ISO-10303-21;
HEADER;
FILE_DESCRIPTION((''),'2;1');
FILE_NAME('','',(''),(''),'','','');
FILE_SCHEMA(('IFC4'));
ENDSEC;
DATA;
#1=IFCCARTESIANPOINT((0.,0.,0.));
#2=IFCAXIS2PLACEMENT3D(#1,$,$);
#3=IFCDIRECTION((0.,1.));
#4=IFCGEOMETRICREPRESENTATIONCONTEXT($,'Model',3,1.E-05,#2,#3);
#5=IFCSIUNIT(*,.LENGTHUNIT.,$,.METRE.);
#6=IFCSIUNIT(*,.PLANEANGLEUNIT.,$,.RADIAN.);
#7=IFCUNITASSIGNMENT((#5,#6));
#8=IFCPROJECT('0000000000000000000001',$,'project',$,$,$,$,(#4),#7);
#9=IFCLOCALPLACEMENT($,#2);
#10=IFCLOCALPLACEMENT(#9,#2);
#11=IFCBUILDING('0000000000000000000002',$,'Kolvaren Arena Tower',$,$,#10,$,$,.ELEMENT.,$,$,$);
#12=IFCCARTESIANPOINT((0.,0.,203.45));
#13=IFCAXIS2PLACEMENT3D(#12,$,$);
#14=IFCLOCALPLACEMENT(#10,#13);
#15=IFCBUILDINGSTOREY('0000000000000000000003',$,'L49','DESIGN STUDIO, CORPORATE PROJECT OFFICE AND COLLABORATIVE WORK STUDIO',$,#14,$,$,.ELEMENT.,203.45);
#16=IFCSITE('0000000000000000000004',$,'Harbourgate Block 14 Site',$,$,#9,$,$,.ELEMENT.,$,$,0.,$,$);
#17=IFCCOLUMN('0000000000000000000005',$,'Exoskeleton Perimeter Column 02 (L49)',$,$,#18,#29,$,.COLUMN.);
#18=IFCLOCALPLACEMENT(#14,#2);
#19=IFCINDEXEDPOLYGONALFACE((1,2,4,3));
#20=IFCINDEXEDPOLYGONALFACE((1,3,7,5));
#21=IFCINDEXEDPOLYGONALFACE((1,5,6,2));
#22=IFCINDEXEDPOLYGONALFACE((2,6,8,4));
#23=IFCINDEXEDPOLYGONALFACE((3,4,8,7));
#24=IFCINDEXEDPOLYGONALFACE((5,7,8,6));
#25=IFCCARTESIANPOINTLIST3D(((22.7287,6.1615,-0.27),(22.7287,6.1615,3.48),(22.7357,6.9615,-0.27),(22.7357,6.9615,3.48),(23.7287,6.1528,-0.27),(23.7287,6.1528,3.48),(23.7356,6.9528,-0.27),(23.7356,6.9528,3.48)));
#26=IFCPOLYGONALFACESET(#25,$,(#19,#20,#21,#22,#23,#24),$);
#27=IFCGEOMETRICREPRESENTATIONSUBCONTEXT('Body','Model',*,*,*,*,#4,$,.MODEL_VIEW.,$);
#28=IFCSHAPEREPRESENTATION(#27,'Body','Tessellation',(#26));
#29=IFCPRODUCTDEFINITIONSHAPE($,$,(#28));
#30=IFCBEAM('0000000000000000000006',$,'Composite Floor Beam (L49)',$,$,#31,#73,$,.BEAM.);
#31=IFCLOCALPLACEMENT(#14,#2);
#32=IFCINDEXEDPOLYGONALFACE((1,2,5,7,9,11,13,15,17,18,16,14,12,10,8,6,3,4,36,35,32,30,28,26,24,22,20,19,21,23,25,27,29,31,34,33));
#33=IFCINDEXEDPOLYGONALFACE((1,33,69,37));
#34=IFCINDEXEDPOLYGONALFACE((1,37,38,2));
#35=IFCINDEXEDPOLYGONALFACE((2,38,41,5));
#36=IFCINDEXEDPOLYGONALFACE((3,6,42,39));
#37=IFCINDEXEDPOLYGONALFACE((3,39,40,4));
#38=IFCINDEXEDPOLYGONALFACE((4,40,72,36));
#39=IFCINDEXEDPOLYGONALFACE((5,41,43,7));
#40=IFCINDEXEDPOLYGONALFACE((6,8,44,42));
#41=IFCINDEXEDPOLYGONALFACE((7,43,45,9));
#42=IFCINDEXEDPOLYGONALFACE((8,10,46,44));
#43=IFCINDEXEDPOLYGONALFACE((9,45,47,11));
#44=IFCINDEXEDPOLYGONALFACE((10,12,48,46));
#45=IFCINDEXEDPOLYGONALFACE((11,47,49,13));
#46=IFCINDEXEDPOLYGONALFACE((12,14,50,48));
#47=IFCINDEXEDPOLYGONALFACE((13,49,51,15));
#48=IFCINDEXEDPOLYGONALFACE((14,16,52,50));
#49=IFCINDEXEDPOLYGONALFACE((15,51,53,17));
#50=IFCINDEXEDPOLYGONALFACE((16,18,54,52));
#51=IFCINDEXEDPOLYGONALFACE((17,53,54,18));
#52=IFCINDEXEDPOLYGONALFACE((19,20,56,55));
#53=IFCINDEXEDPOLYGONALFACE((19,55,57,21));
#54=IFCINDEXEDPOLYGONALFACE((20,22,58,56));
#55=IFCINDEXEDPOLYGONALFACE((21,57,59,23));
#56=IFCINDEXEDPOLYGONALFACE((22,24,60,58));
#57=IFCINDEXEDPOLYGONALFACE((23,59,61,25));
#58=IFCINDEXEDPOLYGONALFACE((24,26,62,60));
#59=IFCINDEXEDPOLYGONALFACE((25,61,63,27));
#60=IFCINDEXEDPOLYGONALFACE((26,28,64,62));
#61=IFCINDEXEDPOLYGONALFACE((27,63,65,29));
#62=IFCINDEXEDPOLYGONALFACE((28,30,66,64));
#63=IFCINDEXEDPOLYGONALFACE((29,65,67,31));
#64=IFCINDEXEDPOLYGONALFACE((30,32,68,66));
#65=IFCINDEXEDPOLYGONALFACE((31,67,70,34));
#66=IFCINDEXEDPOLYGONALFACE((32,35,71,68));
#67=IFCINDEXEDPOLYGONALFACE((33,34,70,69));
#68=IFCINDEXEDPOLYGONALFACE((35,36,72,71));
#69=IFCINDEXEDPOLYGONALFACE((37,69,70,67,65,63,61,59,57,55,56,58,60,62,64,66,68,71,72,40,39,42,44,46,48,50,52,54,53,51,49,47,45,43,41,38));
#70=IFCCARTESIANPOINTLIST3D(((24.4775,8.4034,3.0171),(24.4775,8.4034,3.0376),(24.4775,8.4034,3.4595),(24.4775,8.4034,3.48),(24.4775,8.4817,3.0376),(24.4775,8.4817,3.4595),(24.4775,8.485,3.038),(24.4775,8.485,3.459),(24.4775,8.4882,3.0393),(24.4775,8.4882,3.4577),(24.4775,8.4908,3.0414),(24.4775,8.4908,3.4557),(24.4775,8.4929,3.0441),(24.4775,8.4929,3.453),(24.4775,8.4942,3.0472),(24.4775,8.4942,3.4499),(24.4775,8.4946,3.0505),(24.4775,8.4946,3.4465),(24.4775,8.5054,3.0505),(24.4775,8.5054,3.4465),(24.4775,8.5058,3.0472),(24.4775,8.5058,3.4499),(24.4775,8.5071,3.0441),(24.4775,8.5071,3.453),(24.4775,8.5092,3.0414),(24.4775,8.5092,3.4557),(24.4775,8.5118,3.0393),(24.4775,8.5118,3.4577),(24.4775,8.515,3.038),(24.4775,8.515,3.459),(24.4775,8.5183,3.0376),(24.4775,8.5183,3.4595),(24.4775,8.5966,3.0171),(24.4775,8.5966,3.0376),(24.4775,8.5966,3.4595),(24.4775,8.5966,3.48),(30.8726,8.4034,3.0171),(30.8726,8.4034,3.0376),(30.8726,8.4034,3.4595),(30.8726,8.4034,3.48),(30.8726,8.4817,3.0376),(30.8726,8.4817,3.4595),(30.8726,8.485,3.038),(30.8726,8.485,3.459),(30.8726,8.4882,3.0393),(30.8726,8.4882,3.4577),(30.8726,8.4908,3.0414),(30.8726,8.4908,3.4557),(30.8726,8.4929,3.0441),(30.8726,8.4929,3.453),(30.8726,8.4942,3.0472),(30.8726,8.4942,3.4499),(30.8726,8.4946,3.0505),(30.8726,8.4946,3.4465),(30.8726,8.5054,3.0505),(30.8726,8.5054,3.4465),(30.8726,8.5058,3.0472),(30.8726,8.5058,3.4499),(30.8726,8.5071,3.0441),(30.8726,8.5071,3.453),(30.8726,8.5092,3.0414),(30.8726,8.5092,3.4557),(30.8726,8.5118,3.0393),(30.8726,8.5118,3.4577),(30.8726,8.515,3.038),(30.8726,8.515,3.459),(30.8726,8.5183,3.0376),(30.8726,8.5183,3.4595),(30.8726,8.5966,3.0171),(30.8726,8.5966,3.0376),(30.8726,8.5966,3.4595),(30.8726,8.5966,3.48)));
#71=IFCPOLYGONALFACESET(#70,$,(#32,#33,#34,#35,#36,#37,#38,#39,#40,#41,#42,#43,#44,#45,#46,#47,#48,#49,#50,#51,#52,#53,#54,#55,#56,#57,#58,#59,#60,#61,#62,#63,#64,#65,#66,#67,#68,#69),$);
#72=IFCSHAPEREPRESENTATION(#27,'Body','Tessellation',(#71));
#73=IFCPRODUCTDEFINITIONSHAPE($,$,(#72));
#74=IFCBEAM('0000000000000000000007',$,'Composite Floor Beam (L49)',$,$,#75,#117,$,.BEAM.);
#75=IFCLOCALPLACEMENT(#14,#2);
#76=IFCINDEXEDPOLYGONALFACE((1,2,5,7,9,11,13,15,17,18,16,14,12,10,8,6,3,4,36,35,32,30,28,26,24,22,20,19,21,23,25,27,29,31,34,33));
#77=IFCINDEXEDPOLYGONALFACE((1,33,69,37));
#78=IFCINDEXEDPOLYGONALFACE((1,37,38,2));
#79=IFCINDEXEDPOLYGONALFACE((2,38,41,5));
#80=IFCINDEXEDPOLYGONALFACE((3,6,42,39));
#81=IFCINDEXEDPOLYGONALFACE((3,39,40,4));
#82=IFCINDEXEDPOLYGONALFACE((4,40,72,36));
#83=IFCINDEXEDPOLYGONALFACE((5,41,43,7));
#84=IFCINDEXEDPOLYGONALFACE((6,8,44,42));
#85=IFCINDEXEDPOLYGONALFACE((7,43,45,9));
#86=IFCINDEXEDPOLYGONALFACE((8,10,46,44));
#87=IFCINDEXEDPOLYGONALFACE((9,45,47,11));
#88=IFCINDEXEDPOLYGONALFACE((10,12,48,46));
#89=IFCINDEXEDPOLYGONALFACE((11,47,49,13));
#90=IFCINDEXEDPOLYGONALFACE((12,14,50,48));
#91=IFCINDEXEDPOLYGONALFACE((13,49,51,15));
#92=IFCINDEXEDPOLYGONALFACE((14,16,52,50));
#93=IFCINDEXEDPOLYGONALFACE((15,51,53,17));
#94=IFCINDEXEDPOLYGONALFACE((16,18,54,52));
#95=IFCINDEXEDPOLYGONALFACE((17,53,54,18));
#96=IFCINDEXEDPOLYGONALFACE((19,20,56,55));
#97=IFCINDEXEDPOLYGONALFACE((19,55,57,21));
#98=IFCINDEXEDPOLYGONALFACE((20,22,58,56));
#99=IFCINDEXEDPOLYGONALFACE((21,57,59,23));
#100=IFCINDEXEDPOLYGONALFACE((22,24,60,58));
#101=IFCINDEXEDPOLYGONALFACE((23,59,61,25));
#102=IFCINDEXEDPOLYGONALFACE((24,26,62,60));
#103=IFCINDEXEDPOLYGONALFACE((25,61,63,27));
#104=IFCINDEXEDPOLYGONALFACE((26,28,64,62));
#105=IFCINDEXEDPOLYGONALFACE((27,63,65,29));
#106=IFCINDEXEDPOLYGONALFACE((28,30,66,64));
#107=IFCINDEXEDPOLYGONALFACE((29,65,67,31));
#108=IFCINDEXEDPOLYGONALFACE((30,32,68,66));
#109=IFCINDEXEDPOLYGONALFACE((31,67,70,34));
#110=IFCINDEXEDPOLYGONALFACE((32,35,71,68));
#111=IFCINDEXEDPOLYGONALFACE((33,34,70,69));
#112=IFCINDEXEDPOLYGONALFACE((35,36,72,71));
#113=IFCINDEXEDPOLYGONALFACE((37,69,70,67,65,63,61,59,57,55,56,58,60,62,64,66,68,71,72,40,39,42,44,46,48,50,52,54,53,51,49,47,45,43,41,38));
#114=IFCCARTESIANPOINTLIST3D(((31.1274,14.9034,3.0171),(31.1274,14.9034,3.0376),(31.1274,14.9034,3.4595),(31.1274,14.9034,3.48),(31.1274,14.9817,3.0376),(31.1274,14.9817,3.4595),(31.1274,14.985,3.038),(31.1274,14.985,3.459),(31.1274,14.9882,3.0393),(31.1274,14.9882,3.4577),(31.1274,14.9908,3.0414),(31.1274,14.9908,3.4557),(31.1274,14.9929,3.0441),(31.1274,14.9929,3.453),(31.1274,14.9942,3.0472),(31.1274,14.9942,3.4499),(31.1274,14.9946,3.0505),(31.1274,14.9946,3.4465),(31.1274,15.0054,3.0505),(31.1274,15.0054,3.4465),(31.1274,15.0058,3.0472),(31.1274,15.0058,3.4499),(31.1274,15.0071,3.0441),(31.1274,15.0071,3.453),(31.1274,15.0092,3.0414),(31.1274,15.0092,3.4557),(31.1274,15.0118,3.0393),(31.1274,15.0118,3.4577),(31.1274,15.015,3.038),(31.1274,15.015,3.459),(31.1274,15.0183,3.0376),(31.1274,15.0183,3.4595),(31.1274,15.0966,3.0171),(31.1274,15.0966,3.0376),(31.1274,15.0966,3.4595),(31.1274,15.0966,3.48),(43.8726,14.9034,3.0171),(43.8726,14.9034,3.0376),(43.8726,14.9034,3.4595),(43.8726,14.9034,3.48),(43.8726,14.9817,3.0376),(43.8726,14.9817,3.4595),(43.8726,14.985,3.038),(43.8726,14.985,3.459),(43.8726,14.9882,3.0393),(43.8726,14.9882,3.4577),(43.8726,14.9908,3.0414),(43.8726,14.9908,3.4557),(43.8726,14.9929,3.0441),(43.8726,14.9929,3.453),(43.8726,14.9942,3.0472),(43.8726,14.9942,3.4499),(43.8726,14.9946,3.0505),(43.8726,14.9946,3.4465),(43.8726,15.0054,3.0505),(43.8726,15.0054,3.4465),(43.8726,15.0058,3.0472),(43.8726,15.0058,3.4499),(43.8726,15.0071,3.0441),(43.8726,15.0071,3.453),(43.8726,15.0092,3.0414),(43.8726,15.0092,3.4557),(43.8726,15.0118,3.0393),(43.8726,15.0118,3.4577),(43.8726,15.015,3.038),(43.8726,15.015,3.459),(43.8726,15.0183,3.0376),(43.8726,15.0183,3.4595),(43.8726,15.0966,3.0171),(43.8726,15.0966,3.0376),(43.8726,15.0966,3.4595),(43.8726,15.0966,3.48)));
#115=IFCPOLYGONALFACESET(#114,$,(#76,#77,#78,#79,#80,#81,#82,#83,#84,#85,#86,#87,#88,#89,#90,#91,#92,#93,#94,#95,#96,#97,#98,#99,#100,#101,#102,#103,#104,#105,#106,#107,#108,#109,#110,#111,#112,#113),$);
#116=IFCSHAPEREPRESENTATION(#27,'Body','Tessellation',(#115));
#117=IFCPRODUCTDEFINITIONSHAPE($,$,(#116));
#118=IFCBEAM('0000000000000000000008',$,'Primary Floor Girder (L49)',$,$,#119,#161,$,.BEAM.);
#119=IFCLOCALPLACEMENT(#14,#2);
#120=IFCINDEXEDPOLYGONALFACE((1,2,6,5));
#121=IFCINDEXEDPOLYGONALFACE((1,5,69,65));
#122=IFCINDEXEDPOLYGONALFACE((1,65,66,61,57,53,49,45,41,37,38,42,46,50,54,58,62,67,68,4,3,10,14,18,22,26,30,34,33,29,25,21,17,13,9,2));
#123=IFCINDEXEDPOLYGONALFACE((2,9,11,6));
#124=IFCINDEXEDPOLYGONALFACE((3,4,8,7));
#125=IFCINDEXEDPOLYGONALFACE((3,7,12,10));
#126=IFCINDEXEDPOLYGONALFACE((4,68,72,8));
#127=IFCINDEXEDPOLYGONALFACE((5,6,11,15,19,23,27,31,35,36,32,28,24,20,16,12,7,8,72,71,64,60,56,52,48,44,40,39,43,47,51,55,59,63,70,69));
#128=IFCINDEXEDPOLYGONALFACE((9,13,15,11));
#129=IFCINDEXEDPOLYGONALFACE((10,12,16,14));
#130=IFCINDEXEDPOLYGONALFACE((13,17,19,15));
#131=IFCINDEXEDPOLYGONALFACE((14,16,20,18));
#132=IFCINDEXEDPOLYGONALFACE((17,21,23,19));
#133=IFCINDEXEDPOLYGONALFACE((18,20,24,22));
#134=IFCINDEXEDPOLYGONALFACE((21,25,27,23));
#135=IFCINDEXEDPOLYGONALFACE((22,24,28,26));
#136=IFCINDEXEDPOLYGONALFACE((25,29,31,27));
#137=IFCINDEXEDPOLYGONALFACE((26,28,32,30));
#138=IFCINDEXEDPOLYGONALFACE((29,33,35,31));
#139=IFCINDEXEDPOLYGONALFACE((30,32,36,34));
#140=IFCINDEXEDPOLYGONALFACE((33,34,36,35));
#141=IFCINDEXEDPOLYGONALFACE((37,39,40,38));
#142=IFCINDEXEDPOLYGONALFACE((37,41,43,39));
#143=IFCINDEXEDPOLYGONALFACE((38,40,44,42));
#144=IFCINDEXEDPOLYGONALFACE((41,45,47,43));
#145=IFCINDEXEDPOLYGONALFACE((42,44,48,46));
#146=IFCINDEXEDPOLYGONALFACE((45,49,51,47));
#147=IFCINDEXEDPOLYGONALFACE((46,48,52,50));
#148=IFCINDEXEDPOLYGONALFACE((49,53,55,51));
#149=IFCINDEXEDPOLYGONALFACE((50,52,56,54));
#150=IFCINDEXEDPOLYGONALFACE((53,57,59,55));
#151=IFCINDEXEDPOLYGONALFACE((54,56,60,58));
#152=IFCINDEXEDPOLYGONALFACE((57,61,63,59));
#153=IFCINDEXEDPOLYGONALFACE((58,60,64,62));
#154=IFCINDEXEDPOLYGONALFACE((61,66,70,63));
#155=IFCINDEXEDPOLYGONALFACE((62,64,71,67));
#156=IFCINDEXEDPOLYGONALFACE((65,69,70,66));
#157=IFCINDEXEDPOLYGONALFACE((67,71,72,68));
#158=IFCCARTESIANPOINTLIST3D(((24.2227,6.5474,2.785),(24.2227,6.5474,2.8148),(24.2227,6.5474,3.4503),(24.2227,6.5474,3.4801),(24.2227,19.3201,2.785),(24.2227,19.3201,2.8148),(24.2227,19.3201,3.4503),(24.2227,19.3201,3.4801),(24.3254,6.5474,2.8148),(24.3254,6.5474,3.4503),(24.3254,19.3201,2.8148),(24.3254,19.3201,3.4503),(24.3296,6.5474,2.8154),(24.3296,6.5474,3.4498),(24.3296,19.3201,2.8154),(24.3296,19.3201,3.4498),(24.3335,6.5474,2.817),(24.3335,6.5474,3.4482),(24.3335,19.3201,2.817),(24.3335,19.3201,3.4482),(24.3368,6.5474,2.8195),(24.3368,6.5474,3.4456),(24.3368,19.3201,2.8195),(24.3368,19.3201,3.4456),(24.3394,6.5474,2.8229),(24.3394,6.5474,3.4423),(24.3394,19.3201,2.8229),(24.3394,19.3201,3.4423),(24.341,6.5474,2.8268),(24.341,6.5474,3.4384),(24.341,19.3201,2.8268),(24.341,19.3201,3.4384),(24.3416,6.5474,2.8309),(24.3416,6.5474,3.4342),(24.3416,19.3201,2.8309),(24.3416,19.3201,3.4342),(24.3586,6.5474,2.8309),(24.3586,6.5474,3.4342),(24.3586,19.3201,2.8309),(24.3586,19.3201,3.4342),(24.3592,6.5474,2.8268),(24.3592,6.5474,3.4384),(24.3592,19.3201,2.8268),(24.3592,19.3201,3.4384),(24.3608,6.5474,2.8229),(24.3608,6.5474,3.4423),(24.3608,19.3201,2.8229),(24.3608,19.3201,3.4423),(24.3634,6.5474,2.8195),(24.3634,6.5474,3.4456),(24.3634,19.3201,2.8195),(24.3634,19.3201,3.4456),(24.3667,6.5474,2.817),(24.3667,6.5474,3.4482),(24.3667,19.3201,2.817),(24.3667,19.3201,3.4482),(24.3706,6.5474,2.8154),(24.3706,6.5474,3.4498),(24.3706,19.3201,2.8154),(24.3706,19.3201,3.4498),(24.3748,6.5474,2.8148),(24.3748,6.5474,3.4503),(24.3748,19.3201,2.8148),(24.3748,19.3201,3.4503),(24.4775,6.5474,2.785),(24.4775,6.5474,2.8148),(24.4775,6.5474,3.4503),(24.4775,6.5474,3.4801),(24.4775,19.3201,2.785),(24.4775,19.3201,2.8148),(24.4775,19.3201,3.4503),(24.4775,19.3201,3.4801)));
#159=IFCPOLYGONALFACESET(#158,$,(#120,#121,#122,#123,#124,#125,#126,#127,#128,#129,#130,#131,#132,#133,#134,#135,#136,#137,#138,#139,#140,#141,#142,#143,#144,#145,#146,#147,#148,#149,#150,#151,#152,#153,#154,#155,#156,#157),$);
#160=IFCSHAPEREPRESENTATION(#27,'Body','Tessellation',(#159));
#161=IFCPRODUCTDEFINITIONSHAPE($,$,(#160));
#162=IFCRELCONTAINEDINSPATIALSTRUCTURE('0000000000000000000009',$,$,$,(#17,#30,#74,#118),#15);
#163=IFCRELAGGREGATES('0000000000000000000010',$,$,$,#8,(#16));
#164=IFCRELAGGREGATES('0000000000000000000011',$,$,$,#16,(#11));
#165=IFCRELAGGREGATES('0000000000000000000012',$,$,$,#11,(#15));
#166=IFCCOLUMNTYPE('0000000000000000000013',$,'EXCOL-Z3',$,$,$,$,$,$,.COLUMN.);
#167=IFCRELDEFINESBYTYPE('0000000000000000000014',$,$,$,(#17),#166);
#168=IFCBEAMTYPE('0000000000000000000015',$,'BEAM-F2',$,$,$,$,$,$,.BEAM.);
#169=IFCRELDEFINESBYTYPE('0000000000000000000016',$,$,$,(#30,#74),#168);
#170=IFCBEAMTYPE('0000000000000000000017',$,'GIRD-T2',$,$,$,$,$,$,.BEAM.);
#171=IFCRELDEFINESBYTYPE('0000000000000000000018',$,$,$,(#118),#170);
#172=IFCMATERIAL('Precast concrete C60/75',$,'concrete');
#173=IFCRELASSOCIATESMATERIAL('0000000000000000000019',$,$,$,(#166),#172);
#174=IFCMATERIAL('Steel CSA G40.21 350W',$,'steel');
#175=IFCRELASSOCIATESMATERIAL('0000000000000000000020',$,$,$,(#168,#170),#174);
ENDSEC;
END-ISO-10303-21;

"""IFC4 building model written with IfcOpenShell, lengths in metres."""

from ifc_helpers import new_model, si_unit, direction, frame, origin, origin_2d, place, context, subcontext, project, spatial, rectangle, i_section, extrude, material, material_profile, profile_set, type_object, element, save


model = new_model("IFC4")

# Units and contexts
model_context = context("Model", 3, precision=1e-05, world=origin(), true_north=direction((0.0, 1.0)))
body_context = subcontext(model_context, "Body", "Model", "MODEL_VIEW")
ifc_project = project(units=[si_unit("LENGTHUNIT", "METRE"), si_unit("PLANEANGLEUNIT", "RADIAN")], contexts=[model_context])

# Site, building, storey
site_placement = place(None, origin())
site = spatial("IfcSite", under=ifc_project, at=site_placement, Name="Harbourgate Block 14 Site", CompositionType="ELEMENT", RefElevation=0.0)
building_placement = place(site_placement, origin())
building = spatial("IfcBuilding", under=site, at=building_placement, Name="Kolvaren Arena Tower", CompositionType="ELEMENT")
storey_placement = place(building_placement, frame((0.0, 0.0, 203.45)))
storey = spatial("IfcBuildingStorey", under=building, at=storey_placement, Name="L49", Description="DESIGN STUDIO, CORPORATE PROJECT OFFICE AND COLLABORATIVE WORK STUDIO", CompositionType="ELEMENT", Elevation=203.45)

# Column
ifc_material_1 = material(Name="Precast concrete C60/75", Category="concrete")
ifc_material_profile_1 = material_profile(ifc_material_1, rectangle(XDim=1.0, YDim=0.8, at=origin_2d()), Name="RC-1000x800")
ifc_profile_set_1 = profile_set([ifc_material_profile_1], Name="Precast concrete C60/75")
column_type = type_object("IfcColumnType", Name="EXCOL-Z3", PredefinedType="COLUMN", material=ifc_profile_set_1)
column_placement = place(storey_placement, frame((23.2322, 6.5571, -0.27), z_axis=(0.0, 0.0, 1.0), x_axis=(0.999962, -0.008727, 0.0)))
element("IfcColumn", 1, at=column_placement, inside=storey, type_object=column_type, Name="Exoskeleton Perimeter Column 02 (L49)", PredefinedType="COLUMN", context=body_context, shape_type="SweptSolid", body=[
    extrude(rectangle(XDim=1.0, YDim=0.8, at=origin_2d()), origin(), (0.0, 0.0, 1.0), 3.75),
])

# Beams
ifc_material_2 = material(Name="Steel CSA G40.21 350W", Category="steel")
ifc_material_profile_2 = material_profile(ifc_material_2, i_section(OverallWidth=0.1931, OverallDepth=0.4629, WebThickness=0.0107, FlangeThickness=0.0205, FilletRadius=0.0129, at=origin_2d()), Name="W460x113")
ifc_profile_set_2 = profile_set([ifc_material_profile_2], Name="Steel CSA G40.21 350W")
beam_type_1 = type_object("IfcBeamType", Name="BEAM-F2", PredefinedType="BEAM", material=ifc_profile_set_2)
beam_1_placement = place(storey_placement, frame((24.4775, 8.5, 3.2485), z_axis=(1.0, 0.0, 0.0), x_axis=(0.0, 1.0, 0.0)))
element("IfcBeam", 2, at=beam_1_placement, inside=storey, type_object=beam_type_1, Name="Composite Floor Beam (L49)", PredefinedType="BEAM", context=body_context, shape_type="SweptSolid", body=[
    extrude(i_section(OverallWidth=0.1931, OverallDepth=0.4629, WebThickness=0.0107, FlangeThickness=0.0205, FilletRadius=0.0129, at=origin_2d()), origin(), (0.0, 0.0, 1.0), 6.395),
])
beam_2_placement = place(storey_placement, frame((31.1274, 15.0, 3.2485), z_axis=(1.0, 0.0, 0.0), x_axis=(0.0, 1.0, 0.0)))
element("IfcBeam", 3, at=beam_2_placement, inside=storey, type_object=beam_type_1, Name="Composite Floor Beam (L49)", PredefinedType="BEAM", context=body_context, shape_type="SweptSolid", body=[
    extrude(i_section(OverallWidth=0.1931, OverallDepth=0.4629, WebThickness=0.0107, FlangeThickness=0.0205, FilletRadius=0.0129, at=origin_2d()), origin(), (0.0, 0.0, 1.0), 12.7451),
])
ifc_material_profile_3 = material_profile(ifc_material_2, i_section(OverallWidth=0.2549, OverallDepth=0.6951, WebThickness=0.0171, FlangeThickness=0.0298, FilletRadius=0.0161, at=origin_2d()), Name="W690x217")
ifc_profile_set_3 = profile_set([ifc_material_profile_3], Name="Steel CSA G40.21 350W")
beam_type_2 = type_object("IfcBeamType", Name="GIRD-T2", PredefinedType="BEAM", material=ifc_profile_set_3)
beam_3_placement = place(storey_placement, frame((24.3501, 6.5474, 3.1326), z_axis=(0.0, 1.0, 0.0), x_axis=(-1.0, 0.0, 0.0)))
element("IfcBeam", 4, at=beam_3_placement, inside=storey, type_object=beam_type_2, Name="Primary Floor Girder (L49)", PredefinedType="BEAM", context=body_context, shape_type="SweptSolid", body=[
    extrude(i_section(OverallWidth=0.2549, OverallDepth=0.6951, WebThickness=0.0171, FlangeThickness=0.0298, FilletRadius=0.0161, at=origin_2d()), origin(), (0.0, 0.0, 1.0), 12.7727),
])

save(model, "model.ifc")
